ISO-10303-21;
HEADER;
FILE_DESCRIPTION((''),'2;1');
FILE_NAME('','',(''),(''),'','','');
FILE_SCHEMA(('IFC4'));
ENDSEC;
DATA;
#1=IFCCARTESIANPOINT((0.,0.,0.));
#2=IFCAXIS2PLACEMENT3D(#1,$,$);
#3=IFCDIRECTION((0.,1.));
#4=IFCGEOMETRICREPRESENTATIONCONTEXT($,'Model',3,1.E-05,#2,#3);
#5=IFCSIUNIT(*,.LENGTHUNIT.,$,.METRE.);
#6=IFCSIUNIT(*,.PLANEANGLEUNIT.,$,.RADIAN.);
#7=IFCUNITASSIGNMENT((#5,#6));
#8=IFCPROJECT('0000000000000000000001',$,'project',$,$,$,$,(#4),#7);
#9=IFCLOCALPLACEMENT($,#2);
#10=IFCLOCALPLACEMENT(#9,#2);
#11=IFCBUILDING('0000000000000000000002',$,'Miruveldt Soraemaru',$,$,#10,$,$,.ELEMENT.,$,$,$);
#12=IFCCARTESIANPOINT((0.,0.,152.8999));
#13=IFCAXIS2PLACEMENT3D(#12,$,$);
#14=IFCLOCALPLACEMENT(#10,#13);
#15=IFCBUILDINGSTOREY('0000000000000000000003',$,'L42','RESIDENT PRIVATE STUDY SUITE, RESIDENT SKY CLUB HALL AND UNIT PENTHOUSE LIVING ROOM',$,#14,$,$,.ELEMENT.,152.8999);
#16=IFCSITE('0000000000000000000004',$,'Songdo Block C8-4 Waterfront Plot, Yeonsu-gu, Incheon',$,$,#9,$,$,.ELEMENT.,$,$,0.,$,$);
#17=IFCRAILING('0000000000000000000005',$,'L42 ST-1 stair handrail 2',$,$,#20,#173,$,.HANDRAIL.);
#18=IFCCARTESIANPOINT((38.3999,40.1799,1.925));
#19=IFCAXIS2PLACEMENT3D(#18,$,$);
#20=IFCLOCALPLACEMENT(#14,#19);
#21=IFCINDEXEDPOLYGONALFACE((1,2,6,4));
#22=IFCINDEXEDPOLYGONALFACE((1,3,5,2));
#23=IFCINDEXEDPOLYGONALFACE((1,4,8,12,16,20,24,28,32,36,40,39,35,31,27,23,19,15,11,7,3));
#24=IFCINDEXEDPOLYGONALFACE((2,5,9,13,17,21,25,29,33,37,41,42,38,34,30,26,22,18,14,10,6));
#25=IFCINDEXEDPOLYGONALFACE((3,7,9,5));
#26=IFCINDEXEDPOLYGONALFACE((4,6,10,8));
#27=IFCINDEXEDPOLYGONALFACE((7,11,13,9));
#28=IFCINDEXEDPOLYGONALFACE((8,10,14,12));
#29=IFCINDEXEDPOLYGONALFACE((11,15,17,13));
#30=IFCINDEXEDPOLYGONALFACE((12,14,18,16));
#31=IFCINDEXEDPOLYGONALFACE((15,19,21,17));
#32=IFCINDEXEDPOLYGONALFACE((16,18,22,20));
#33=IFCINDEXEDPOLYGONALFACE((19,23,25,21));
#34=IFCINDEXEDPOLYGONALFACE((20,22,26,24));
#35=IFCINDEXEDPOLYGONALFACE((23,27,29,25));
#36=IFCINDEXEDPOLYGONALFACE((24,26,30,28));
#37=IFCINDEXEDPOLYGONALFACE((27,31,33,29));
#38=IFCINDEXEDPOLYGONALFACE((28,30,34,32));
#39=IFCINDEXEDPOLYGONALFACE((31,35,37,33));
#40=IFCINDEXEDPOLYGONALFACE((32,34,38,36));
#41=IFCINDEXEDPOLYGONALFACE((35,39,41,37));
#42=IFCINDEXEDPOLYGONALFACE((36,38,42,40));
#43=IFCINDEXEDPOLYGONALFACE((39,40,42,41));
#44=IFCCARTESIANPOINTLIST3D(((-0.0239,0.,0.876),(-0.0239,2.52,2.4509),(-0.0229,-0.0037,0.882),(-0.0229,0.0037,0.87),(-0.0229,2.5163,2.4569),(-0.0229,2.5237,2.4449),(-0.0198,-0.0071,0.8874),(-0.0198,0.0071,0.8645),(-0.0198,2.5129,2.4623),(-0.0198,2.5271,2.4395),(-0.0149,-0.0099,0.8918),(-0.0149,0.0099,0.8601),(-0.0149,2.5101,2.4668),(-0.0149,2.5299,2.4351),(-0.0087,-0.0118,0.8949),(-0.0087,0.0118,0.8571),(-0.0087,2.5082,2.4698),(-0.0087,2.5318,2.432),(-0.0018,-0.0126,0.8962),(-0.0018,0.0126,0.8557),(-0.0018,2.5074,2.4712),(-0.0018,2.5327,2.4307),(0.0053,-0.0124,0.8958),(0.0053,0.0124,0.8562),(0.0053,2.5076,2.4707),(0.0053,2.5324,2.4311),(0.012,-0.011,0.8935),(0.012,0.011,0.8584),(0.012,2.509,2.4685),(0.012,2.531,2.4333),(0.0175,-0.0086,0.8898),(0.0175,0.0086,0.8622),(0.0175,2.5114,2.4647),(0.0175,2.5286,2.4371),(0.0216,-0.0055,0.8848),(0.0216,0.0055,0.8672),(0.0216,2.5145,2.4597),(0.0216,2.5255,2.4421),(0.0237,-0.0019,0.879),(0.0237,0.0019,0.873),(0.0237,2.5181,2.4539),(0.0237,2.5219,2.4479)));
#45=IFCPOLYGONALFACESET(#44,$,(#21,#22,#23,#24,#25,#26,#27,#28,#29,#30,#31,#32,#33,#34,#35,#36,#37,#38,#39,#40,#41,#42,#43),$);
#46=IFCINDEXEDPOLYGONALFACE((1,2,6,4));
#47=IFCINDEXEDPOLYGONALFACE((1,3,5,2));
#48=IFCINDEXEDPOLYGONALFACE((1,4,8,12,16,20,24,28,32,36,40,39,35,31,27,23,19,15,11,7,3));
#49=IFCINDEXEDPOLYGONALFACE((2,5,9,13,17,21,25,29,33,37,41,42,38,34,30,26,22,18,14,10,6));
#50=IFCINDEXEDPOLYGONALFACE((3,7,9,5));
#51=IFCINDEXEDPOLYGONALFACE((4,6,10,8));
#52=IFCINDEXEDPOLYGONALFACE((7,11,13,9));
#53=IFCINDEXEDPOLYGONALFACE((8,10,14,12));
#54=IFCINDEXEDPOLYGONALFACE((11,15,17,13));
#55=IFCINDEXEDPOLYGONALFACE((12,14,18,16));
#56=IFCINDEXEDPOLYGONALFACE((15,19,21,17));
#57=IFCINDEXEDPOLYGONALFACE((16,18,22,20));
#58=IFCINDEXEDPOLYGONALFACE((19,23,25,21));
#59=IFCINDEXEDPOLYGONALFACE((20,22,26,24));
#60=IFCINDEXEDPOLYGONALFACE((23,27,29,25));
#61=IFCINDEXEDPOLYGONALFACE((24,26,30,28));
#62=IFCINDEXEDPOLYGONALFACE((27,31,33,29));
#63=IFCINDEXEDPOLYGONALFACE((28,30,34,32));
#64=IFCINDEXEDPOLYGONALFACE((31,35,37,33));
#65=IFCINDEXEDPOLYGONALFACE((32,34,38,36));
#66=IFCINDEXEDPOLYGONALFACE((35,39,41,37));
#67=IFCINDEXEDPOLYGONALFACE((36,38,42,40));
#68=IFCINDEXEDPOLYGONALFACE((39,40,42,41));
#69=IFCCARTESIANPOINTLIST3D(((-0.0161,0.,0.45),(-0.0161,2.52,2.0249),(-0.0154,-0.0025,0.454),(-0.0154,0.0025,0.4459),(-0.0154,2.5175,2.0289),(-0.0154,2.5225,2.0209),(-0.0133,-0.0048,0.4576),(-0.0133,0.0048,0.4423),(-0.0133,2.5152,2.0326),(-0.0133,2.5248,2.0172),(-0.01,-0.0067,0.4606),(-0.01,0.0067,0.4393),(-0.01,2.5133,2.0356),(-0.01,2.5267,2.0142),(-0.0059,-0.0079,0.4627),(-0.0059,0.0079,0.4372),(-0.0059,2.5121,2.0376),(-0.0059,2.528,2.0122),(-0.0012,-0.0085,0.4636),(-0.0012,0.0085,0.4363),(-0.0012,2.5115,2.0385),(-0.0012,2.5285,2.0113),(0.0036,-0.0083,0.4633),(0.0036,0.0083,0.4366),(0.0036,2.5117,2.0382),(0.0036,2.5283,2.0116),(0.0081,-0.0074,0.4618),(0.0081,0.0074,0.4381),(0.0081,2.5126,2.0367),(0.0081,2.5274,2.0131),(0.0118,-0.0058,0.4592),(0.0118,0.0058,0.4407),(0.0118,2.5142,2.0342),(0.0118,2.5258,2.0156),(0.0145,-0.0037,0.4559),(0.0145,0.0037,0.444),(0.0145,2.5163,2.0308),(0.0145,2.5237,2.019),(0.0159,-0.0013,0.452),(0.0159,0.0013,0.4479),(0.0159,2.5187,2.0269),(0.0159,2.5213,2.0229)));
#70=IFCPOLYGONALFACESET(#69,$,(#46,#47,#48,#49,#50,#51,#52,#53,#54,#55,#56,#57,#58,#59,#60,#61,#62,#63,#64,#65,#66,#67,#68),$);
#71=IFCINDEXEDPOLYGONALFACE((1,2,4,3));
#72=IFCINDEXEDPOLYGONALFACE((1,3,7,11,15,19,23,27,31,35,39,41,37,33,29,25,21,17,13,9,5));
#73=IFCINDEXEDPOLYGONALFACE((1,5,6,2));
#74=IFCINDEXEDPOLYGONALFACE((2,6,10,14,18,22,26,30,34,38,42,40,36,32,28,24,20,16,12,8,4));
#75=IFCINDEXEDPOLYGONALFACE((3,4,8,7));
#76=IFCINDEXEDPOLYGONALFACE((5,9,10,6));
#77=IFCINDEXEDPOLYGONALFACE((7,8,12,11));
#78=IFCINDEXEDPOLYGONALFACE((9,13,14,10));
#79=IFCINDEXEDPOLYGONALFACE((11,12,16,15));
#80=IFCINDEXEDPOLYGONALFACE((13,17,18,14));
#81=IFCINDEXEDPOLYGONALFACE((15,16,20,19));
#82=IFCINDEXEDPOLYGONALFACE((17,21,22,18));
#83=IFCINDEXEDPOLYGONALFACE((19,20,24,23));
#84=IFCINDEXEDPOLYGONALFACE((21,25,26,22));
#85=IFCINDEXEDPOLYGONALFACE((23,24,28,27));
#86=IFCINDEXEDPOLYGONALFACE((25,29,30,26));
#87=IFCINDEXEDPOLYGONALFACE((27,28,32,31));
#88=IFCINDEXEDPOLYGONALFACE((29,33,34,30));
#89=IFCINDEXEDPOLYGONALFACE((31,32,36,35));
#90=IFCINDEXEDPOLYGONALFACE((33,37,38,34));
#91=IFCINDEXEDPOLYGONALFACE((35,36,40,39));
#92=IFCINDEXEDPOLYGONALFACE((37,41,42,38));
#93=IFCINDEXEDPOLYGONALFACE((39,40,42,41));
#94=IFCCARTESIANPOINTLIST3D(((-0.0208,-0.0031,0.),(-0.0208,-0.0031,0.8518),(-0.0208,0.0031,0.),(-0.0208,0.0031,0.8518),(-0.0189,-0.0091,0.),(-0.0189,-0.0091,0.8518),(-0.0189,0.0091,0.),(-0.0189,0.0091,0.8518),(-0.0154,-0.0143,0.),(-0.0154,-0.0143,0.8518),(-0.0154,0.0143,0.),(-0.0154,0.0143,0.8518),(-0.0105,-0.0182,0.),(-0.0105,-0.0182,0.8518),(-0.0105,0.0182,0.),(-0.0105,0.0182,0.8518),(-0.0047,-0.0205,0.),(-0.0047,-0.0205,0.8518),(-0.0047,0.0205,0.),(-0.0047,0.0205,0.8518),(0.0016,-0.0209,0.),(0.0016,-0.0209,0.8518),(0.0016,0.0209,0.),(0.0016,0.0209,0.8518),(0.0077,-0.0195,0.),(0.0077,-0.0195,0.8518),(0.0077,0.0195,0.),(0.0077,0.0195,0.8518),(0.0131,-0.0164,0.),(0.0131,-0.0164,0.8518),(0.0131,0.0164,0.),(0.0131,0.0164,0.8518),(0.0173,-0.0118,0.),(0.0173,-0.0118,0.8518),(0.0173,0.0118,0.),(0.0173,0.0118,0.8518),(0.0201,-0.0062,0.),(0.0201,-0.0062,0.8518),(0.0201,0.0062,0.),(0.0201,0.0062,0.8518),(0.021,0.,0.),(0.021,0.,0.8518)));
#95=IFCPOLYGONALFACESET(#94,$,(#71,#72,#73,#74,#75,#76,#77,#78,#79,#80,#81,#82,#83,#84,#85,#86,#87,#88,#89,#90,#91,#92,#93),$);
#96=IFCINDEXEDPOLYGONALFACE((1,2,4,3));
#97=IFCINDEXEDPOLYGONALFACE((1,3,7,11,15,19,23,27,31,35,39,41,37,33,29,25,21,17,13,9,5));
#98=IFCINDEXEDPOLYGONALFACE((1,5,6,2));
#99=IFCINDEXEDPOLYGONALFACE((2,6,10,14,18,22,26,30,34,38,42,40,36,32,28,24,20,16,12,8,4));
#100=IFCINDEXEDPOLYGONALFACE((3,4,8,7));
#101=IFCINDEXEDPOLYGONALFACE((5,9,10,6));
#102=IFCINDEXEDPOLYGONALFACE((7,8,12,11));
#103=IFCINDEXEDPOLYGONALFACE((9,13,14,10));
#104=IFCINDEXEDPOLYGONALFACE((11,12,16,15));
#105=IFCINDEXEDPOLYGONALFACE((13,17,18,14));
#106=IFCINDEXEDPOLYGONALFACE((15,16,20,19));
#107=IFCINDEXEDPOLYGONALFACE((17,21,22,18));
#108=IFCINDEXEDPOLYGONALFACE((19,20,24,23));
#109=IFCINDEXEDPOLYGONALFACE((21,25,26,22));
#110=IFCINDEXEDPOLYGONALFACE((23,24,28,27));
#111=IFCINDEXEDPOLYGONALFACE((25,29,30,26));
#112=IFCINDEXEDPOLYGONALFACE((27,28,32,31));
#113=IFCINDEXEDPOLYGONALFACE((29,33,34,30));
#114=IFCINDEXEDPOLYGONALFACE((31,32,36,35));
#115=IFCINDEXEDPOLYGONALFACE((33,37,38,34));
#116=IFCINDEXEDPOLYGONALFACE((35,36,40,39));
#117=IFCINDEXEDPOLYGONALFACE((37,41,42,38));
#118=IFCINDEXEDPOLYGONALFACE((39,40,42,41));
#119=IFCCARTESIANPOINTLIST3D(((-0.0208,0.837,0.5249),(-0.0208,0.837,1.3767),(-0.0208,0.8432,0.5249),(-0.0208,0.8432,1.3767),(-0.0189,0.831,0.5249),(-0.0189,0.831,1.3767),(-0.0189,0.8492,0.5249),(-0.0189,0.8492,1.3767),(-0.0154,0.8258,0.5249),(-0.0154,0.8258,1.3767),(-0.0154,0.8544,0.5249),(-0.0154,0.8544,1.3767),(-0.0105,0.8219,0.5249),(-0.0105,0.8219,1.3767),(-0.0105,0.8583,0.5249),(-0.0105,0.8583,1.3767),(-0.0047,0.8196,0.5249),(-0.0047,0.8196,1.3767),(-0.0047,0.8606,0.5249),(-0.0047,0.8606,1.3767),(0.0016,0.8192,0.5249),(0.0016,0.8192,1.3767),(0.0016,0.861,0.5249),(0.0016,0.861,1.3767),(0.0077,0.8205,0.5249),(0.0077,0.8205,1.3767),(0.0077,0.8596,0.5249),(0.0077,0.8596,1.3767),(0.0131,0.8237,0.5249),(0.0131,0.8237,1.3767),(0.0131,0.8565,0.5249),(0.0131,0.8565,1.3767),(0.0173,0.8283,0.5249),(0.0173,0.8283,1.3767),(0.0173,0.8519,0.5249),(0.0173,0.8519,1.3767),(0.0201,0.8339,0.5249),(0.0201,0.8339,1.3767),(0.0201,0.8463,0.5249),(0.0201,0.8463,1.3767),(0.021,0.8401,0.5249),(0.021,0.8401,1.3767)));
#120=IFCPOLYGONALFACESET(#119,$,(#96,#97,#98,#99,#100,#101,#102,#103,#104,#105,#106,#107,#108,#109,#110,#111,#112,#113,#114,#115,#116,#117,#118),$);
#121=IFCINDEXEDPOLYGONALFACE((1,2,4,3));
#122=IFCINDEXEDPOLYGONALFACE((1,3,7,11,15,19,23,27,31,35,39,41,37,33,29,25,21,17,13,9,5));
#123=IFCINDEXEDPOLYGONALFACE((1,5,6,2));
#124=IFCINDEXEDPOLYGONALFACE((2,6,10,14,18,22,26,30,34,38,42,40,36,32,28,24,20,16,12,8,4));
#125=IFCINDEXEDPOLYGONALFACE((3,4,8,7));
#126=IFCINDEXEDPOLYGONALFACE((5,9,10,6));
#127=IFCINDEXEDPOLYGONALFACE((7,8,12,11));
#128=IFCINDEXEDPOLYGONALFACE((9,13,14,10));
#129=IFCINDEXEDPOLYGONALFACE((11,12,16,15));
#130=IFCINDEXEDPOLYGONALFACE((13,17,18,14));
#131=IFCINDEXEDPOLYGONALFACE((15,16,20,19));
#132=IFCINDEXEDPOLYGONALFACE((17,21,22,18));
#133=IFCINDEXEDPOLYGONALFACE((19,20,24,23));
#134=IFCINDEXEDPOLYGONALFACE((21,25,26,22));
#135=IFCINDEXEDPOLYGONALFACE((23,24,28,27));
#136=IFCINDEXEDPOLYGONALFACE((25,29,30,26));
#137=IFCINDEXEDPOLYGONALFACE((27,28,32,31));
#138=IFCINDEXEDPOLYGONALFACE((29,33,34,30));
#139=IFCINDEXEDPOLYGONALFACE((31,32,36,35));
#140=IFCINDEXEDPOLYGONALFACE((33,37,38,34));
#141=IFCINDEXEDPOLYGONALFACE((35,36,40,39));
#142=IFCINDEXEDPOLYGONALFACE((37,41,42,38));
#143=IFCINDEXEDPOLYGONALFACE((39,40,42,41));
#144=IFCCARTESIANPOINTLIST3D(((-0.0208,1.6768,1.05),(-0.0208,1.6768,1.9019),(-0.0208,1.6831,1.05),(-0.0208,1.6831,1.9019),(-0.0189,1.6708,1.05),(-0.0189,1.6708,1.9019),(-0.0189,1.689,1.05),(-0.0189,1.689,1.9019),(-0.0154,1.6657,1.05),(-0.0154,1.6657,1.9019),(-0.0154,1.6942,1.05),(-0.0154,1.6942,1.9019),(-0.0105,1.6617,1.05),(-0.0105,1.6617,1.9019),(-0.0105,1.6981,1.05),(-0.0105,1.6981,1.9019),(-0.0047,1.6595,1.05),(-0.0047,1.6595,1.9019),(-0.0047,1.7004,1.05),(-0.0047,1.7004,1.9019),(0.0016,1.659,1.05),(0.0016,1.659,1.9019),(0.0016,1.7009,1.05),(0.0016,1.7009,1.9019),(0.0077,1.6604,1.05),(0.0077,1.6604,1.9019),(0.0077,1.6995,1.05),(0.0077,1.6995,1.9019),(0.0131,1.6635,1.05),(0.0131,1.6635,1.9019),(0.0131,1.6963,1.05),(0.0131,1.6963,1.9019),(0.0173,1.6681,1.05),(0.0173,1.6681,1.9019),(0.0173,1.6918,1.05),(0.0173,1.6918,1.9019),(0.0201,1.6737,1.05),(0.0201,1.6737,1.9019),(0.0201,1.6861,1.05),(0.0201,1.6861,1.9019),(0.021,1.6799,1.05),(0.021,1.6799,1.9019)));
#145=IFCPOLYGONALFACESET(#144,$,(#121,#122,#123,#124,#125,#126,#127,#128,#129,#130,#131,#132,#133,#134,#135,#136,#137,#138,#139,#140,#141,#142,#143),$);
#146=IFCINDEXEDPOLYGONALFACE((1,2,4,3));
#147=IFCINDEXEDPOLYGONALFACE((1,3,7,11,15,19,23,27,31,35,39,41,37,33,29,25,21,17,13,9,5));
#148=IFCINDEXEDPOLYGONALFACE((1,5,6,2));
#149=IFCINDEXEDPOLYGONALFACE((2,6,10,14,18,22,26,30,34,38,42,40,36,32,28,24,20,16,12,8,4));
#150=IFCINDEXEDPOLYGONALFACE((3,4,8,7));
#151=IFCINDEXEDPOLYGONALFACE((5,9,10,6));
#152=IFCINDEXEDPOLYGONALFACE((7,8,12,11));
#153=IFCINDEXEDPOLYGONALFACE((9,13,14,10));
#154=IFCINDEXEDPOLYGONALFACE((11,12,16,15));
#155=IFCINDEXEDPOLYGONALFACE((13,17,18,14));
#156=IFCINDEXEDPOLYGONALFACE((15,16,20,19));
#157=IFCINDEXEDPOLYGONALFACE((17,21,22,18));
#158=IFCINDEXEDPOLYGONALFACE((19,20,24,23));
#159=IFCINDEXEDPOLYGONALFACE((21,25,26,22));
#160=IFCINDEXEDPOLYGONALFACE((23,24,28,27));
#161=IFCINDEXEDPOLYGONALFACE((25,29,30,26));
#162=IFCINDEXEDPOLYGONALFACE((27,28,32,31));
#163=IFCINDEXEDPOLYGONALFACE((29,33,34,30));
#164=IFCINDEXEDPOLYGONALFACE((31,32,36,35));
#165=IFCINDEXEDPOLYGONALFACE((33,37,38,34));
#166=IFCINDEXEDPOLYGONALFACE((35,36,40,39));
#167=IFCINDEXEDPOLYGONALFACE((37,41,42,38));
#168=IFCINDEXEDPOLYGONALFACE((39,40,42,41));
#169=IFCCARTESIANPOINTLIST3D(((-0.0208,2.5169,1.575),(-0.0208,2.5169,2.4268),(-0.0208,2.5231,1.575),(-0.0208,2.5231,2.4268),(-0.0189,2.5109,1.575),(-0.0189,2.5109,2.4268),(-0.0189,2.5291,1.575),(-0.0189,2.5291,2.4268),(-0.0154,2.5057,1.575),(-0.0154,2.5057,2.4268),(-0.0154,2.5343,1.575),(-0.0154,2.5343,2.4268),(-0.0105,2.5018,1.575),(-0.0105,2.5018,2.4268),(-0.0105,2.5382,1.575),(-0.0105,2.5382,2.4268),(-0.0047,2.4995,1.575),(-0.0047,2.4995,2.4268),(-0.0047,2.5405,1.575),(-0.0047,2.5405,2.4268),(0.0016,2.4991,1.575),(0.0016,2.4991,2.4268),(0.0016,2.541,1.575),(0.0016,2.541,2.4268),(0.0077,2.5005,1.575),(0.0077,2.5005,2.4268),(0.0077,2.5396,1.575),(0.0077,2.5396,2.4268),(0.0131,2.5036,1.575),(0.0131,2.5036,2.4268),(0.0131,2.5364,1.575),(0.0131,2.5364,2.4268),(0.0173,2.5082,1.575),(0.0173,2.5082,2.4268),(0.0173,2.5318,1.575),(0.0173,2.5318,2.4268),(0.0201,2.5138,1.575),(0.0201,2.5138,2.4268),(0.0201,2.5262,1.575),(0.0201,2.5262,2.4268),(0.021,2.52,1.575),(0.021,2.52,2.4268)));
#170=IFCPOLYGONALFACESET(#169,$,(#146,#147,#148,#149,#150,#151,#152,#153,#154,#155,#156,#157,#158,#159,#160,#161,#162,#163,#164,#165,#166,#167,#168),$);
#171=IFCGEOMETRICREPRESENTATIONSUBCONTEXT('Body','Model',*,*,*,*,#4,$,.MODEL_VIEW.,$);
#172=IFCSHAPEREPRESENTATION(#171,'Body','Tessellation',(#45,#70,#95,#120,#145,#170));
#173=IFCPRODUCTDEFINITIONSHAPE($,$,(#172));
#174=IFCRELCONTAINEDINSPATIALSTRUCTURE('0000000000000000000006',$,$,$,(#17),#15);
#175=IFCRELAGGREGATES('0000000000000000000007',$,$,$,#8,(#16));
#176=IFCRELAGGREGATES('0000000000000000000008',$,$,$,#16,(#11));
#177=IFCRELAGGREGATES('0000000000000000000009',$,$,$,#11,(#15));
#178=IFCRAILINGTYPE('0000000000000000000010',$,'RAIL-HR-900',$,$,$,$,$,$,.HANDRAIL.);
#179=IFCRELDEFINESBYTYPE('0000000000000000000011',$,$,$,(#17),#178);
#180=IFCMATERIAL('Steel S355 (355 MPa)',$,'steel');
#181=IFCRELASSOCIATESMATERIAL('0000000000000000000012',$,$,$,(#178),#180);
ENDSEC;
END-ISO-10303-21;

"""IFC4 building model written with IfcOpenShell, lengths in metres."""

from ifc_helpers import new_model, si_unit, direction, frame, origin, origin_2d, place, context, subcontext, project, spatial, circle, extrude, material, type_object, element, save


model = new_model("IFC4")

# Units and contexts
model_context = context("Model", 3, precision=1e-05, world=origin(), true_north=direction((0.0, 1.0)))
body_context = subcontext(model_context, "Body", "Model", "MODEL_VIEW")
ifc_project = project(units=[si_unit("LENGTHUNIT", "METRE"), si_unit("PLANEANGLEUNIT", "RADIAN")], contexts=[model_context])

# Site, building, storey
site_placement = place(None, origin())
site = spatial("IfcSite", under=ifc_project, at=site_placement, Name="Songdo Block C8-4 Waterfront Plot, Yeonsu-gu, Incheon", CompositionType="ELEMENT", RefElevation=0.0)
building_placement = place(site_placement, origin())
building = spatial("IfcBuilding", under=site, at=building_placement, Name="Miruveldt Soraemaru", CompositionType="ELEMENT")
storey_placement = place(building_placement, frame((0.0, 0.0, 152.8999)))
storey = spatial("IfcBuildingStorey", under=building, at=storey_placement, Name="L42", Description="RESIDENT PRIVATE STUDY SUITE, RESIDENT SKY CLUB HALL AND UNIT PENTHOUSE LIVING ROOM", CompositionType="ELEMENT", Elevation=152.8999)

# Railing
ifc_material_1 = material(Name="Steel S355 (355 MPa)", Category="steel")
railing_type_1 = type_object("IfcRailingType", Name="RAIL-HR-900", PredefinedType="HANDRAIL", material=ifc_material_1)
railing_1_placement = place(storey_placement, frame((38.3999, 40.1799, 1.925)))
element("IfcRailing", 1, at=railing_1_placement, inside=storey, type_object=railing_type_1, Name="L42 ST-1 stair handrail 2", PredefinedType="HANDRAIL", context=body_context, shape_type="SweptSolid", body=[
    extrude(circle(Radius=0.0239, at=origin_2d()), frame((0.0, 0.0, 0.876), z_axis=(0.0, 0.848008, 0.529984), x_axis=(-1.0, 0.0, 0.0)), (0.0, 0.0, 1.0), 2.9717),
    extrude(circle(Radius=0.0161, at=origin_2d()), frame((0.0, 0.0, 0.45), z_axis=(0.0, 0.848008, 0.529984), x_axis=(-1.0, 0.0, 0.0)), (0.0, 0.0, 1.0), 2.9717),
    extrude(circle(Radius=0.021, at=origin_2d()), origin(), (0.0, 0.0, 1.0), 0.8518),
    extrude(circle(Radius=0.021, at=origin_2d()), frame((0.0, 0.8401, 0.5249)), (0.0, 0.0, 1.0), 0.8518),
    extrude(circle(Radius=0.021, at=origin_2d()), frame((0.0, 1.6799, 1.05)), (0.0, 0.0, 1.0), 0.8518),
    extrude(circle(Radius=0.021, at=origin_2d()), frame((0.0, 2.52, 1.575)), (0.0, 0.0, 1.0), 0.8518),
])

save(model, "model.ifc")
